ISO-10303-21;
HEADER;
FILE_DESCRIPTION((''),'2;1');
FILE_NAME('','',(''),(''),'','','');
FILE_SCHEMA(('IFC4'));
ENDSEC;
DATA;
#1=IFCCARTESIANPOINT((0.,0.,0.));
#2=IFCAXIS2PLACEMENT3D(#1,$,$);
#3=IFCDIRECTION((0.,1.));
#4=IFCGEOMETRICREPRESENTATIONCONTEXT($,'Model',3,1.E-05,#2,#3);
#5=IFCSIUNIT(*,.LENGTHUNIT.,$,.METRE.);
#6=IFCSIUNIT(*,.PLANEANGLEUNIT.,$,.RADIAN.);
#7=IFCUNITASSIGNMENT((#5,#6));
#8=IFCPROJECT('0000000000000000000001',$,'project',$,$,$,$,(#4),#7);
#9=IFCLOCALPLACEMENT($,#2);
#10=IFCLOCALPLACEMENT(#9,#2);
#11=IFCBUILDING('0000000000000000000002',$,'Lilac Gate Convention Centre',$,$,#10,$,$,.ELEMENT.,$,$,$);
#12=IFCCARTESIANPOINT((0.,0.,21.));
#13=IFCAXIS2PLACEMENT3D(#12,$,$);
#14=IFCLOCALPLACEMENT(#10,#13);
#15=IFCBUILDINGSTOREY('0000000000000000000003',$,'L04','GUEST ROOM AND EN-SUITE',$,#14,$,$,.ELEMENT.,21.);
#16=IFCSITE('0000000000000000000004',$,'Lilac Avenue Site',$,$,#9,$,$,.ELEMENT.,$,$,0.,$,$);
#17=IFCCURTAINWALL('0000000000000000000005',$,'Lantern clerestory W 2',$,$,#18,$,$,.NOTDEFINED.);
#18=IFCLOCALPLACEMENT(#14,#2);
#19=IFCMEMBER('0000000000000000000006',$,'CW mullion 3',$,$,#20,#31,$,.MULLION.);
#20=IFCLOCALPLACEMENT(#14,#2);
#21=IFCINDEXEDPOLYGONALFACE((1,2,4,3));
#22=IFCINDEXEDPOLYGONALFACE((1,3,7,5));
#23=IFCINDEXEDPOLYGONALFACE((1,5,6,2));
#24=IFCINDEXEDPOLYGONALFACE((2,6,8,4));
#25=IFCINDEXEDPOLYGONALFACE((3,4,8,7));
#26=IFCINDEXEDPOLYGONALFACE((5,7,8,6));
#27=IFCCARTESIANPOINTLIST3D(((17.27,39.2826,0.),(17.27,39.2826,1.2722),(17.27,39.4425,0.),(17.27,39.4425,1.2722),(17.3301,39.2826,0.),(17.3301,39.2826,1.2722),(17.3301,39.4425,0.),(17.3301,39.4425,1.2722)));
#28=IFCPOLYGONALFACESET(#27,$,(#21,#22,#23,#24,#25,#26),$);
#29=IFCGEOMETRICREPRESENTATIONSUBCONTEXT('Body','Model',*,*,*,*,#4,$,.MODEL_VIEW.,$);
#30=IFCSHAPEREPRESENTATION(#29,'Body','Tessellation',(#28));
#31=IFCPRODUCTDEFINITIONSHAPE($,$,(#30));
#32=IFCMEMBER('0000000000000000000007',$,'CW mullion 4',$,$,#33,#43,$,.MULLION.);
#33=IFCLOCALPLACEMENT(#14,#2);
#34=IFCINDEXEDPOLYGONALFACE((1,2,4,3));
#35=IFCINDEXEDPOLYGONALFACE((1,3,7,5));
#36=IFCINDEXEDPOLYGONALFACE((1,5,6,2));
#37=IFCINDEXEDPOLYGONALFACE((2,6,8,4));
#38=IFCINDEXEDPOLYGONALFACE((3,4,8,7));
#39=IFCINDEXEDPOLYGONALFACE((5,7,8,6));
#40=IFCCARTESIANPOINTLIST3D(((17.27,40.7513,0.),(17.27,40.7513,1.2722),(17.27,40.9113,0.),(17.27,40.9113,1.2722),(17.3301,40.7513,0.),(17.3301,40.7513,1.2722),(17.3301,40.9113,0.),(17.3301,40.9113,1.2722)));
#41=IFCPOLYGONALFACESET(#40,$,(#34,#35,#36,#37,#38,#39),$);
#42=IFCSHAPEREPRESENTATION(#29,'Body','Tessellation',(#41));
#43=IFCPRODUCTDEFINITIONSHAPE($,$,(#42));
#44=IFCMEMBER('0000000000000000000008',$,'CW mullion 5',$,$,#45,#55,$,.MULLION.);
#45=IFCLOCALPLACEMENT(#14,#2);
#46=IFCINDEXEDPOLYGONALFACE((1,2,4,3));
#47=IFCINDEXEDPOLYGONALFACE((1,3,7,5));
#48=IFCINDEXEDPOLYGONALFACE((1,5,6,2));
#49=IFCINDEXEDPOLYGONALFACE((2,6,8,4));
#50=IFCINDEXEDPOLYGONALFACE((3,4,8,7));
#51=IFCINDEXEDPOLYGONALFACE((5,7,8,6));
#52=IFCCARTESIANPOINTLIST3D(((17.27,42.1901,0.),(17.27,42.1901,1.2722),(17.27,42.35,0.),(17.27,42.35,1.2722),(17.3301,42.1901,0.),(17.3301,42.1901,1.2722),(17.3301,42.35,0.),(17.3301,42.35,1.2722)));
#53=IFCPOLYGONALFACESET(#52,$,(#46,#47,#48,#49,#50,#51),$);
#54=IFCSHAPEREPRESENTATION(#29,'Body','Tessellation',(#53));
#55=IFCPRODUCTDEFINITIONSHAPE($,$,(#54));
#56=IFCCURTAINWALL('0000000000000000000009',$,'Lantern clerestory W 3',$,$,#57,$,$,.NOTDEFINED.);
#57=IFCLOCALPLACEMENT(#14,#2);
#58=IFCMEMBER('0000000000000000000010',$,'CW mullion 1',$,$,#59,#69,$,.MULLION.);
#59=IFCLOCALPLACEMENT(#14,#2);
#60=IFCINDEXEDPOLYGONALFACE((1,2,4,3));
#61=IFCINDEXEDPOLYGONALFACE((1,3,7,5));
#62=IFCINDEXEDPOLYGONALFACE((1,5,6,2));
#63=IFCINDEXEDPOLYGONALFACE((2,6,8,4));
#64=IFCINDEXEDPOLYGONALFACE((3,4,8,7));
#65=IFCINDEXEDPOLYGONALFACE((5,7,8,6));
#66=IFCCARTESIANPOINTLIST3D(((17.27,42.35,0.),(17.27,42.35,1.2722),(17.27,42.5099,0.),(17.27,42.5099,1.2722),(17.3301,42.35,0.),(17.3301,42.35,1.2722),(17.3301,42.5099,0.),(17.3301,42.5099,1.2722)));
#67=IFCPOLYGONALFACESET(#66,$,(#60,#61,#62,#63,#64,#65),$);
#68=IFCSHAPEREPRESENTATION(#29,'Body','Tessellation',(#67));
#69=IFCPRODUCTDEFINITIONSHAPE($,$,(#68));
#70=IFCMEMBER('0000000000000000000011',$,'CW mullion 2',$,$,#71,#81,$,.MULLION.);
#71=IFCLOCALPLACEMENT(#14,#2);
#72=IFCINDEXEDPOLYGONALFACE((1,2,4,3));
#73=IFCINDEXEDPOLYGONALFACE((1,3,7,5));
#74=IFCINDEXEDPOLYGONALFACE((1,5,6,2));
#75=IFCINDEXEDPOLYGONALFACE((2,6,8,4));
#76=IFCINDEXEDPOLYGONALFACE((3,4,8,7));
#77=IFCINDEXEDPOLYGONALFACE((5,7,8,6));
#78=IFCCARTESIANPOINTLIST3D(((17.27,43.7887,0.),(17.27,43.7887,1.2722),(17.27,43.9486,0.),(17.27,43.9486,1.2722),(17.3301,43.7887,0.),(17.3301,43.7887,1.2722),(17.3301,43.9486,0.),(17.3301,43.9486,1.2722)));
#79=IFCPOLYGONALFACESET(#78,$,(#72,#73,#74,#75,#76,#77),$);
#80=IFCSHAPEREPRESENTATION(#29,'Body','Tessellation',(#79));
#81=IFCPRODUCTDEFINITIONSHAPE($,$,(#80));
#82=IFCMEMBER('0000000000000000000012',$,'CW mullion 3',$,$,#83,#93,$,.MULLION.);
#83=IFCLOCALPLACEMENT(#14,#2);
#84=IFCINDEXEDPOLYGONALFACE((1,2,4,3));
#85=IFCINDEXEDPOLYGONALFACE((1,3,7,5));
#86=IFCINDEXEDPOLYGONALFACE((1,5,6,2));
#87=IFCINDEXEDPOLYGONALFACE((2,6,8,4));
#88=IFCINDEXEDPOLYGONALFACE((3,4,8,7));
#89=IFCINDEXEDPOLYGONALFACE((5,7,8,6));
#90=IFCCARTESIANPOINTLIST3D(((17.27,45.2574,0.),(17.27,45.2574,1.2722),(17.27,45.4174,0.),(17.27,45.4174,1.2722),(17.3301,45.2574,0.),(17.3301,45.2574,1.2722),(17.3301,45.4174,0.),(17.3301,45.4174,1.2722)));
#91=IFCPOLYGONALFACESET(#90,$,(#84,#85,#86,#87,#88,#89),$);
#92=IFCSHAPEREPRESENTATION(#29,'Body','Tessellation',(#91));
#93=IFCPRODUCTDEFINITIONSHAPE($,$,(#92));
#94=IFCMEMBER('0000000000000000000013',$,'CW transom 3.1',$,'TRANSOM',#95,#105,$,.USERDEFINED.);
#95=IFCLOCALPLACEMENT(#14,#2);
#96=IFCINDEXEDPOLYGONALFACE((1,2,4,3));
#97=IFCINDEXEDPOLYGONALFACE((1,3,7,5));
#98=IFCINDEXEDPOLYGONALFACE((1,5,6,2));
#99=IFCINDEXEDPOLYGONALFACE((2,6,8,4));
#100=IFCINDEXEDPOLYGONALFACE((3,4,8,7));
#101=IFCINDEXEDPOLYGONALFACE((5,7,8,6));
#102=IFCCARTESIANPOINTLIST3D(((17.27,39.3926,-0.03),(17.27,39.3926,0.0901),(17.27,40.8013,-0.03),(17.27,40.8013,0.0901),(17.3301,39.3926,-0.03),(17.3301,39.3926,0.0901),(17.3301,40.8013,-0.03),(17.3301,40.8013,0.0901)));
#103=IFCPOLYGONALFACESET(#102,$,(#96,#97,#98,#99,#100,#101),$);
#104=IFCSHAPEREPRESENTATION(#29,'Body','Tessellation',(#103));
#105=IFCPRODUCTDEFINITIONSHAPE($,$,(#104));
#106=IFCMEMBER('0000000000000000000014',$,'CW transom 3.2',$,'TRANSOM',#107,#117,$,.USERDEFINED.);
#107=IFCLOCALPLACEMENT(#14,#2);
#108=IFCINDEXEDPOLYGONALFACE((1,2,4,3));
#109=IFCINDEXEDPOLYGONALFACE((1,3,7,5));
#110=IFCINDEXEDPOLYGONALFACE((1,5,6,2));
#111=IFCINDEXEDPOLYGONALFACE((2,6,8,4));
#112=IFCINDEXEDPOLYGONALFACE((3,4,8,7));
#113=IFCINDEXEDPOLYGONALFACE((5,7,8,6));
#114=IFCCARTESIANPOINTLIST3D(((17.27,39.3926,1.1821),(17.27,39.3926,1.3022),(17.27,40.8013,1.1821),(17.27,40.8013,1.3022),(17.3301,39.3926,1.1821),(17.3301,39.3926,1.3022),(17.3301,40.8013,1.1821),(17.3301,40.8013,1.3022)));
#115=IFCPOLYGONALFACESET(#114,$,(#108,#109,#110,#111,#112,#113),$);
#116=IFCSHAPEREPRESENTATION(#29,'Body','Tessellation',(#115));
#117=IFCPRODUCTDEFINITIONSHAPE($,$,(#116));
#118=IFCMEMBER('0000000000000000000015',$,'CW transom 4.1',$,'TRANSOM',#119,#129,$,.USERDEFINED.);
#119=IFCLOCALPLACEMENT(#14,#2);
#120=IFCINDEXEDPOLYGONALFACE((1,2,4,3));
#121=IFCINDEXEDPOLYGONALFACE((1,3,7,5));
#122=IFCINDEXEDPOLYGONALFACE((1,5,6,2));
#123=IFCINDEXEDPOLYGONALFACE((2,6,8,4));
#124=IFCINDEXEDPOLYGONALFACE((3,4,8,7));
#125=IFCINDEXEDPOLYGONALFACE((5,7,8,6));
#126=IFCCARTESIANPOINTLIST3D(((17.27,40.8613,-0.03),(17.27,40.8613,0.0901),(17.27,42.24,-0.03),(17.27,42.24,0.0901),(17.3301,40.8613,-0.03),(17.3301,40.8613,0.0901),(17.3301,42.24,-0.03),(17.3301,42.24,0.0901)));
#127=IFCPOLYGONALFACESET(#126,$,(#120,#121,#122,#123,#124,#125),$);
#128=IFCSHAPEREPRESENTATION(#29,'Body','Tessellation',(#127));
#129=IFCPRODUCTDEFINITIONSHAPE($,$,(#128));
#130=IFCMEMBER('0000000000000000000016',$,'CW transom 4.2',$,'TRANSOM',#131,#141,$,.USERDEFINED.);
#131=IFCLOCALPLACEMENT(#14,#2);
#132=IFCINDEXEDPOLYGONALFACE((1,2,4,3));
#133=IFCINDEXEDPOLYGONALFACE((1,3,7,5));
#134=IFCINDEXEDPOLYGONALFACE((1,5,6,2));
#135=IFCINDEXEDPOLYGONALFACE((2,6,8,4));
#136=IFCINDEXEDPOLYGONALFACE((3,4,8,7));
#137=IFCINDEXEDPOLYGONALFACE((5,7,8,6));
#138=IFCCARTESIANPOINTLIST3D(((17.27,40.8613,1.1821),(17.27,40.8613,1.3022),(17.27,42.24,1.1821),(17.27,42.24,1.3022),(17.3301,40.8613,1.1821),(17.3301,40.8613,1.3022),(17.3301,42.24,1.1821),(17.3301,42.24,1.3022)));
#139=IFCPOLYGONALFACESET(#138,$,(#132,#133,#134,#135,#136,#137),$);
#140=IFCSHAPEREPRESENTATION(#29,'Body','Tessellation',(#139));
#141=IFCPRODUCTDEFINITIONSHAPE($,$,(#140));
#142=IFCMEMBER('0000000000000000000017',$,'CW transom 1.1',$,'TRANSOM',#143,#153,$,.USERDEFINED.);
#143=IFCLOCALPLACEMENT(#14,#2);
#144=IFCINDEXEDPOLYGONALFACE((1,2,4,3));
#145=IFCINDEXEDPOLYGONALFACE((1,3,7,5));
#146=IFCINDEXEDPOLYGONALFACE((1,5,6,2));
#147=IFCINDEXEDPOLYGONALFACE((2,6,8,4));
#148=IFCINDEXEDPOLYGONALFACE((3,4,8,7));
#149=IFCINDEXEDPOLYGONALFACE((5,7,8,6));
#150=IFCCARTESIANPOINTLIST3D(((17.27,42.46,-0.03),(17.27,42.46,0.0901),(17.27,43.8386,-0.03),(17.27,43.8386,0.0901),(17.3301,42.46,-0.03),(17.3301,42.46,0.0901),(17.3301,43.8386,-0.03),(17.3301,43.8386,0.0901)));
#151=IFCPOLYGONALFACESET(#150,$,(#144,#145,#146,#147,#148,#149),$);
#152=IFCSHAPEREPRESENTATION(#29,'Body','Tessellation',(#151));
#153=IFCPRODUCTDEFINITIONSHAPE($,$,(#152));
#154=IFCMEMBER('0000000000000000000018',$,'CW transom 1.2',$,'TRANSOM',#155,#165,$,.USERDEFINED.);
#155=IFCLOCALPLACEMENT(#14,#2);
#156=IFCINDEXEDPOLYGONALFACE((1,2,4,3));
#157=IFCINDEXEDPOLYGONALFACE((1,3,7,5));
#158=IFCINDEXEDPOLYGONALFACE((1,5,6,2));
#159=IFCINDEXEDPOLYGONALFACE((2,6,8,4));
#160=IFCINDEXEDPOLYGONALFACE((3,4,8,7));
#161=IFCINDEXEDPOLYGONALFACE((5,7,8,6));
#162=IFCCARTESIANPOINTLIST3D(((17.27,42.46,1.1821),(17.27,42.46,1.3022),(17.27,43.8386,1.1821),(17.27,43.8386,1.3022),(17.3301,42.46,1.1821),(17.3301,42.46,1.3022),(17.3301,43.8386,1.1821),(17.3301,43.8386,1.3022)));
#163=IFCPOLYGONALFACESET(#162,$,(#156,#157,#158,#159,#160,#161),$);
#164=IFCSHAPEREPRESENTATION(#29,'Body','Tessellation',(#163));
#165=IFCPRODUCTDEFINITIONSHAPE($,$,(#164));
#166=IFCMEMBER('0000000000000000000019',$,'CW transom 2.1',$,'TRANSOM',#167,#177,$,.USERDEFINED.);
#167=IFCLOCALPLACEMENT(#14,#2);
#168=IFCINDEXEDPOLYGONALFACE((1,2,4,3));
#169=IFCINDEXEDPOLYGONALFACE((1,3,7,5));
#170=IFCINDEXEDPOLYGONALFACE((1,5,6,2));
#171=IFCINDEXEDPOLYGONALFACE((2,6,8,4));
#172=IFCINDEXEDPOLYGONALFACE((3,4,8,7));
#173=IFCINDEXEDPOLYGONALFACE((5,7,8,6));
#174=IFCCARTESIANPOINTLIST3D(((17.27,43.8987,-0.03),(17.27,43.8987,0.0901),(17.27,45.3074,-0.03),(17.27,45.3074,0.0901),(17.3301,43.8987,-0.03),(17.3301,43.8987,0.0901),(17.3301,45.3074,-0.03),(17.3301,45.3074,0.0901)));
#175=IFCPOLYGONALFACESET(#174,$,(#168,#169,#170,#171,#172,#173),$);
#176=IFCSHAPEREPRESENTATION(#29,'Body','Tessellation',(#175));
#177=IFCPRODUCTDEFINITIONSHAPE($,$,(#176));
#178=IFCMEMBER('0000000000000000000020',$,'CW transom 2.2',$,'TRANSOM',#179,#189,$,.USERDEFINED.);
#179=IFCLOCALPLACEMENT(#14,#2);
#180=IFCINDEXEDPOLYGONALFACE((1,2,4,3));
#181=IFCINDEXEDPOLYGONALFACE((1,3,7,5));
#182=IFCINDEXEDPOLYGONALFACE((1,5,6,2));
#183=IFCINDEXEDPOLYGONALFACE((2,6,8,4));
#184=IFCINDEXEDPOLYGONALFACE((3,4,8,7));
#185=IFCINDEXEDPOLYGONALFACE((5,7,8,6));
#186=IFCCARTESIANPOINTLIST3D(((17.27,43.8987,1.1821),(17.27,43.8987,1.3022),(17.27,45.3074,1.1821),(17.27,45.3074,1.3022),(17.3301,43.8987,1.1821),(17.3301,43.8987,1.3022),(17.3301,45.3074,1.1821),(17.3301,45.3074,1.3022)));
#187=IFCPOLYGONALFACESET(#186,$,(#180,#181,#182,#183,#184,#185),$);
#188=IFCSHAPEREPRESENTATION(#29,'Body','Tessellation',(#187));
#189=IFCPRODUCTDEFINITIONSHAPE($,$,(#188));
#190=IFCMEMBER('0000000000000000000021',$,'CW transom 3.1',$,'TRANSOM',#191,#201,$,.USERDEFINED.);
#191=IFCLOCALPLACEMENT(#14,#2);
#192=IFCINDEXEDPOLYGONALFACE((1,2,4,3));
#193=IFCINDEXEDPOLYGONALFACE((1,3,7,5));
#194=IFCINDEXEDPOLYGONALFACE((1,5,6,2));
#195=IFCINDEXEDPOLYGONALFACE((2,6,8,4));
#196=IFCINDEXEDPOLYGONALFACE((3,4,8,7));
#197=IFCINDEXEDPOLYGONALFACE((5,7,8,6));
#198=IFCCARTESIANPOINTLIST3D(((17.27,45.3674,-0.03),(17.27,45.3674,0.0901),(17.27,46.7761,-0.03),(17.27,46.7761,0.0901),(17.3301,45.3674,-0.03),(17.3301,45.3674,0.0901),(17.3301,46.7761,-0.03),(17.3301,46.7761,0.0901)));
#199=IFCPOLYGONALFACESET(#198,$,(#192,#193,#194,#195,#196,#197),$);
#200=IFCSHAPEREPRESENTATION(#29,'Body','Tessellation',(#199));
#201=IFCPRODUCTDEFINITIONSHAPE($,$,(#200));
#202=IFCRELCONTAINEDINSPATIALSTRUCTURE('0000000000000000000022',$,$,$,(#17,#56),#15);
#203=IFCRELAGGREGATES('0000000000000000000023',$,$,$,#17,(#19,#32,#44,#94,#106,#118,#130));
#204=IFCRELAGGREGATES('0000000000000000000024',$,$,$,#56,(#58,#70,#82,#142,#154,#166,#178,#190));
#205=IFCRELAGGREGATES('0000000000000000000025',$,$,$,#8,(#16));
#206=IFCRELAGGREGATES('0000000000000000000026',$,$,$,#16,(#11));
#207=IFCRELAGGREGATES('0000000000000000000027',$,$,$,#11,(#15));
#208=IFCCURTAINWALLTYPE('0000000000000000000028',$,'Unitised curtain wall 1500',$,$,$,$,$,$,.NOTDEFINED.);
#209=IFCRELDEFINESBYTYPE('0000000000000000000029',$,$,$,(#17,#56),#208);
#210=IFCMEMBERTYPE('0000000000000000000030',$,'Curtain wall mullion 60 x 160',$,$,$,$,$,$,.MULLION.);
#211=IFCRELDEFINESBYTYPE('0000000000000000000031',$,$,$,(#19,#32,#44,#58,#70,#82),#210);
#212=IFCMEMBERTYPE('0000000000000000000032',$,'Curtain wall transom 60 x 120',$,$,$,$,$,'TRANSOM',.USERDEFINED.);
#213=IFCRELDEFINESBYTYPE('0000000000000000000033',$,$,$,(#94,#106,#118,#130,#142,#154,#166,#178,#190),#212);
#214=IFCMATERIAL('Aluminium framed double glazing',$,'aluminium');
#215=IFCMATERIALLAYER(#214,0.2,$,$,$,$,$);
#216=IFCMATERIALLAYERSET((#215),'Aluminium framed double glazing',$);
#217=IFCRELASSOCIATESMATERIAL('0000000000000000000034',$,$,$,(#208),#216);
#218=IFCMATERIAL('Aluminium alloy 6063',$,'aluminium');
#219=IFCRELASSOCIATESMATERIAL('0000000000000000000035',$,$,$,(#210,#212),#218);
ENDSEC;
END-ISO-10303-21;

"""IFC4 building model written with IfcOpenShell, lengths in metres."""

from ifc_helpers import new_model, si_unit, direction, frame, origin, origin_2d, place, context, subcontext, project, spatial, rectangle, extrude, material, layer, layer_set, material_profile, profile_set, type_object, element, aggregate, save


model = new_model("IFC4")

# Units and contexts
model_context = context("Model", 3, precision=1e-05, world=origin(), true_north=direction((0.0, 1.0)))
body_context = subcontext(model_context, "Body", "Model", "MODEL_VIEW")
ifc_project = project(units=[si_unit("LENGTHUNIT", "METRE"), si_unit("PLANEANGLEUNIT", "RADIAN")], contexts=[model_context])

# Site, building, storey
site_placement = place(None, origin())
site = spatial("IfcSite", under=ifc_project, at=site_placement, Name="Lilac Avenue Site", CompositionType="ELEMENT", RefElevation=0.0)
building_placement = place(site_placement, origin())
building = spatial("IfcBuilding", under=site, at=building_placement, Name="Lilac Gate Convention Centre", CompositionType="ELEMENT")
storey_placement = place(building_placement, frame((0.0, 0.0, 21.0)))
storey = spatial("IfcBuildingStorey", under=building, at=storey_placement, Name="L04", Description="GUEST ROOM AND EN-SUITE", CompositionType="ELEMENT", Elevation=21.0)

# Curtain walls, members
ifc_material_1 = material(Name="Aluminium framed double glazing", Category="aluminium")
ifc_layer_1 = layer(ifc_material_1, 0.2)
ifc_layer_set_1 = layer_set([ifc_layer_1], Name="Aluminium framed double glazing")
curtain_wall_type = type_object("IfcCurtainWallType", Name="Unitised curtain wall 1500", PredefinedType="NOTDEFINED", material=ifc_layer_set_1)
curtain_wall_1_placement = place(storey_placement, origin())
curtain_wall_1 = element("IfcCurtainWall", 1, at=curtain_wall_1_placement, inside=storey, type_object=curtain_wall_type, Name="Lantern clerestory W 2", PredefinedType="NOTDEFINED")
ifc_material_2 = material(Name="Aluminium alloy 6063", Category="aluminium")
ifc_material_profile_1 = material_profile(ifc_material_2, rectangle(XDim=0.0601, YDim=0.1599, at=origin_2d()), Name="Curtain wall mullion 60 x 160")
ifc_profile_set_1 = profile_set([ifc_material_profile_1], Name="Aluminium alloy 6063")
member_type_1 = type_object("IfcMemberType", Name="Curtain wall mullion 60 x 160", PredefinedType="MULLION", material=ifc_profile_set_1)
member_1_placement = place(storey_placement, frame((17.3, 39.3625, 0.0), z_axis=(0.0, 0.0, 1.0), x_axis=(-1.0, 0.0, 0.0)))
member_1 = element("IfcMember", 2, at=member_1_placement, type_object=member_type_1, Name="CW mullion 3", PredefinedType="MULLION", context=body_context, shape_type="SweptSolid", body=[
    extrude(rectangle(XDim=0.0601, YDim=0.1599, at=origin_2d()), origin(), (0.0, 0.0, 1.0), 1.2722),
])
member_2_placement = place(storey_placement, frame((17.3, 40.8313, 0.0), z_axis=(0.0, 0.0, 1.0), x_axis=(-1.0, 0.0, 0.0)))
member_2 = element("IfcMember", 3, at=member_2_placement, type_object=member_type_1, Name="CW mullion 4", PredefinedType="MULLION", context=body_context, shape_type="SweptSolid", body=[
    extrude(rectangle(XDim=0.0601, YDim=0.1599, at=origin_2d()), origin(), (0.0, 0.0, 1.0), 1.2722),
])
member_3_placement = place(storey_placement, frame((17.3, 42.27, 0.0), z_axis=(0.0, 0.0, 1.0), x_axis=(-1.0, 0.0, 0.0)))
member_3 = element("IfcMember", 4, at=member_3_placement, type_object=member_type_1, Name="CW mullion 5", PredefinedType="MULLION", context=body_context, shape_type="SweptSolid", body=[
    extrude(rectangle(XDim=0.0601, YDim=0.1599, at=origin_2d()), origin(), (0.0, 0.0, 1.0), 1.2722),
])
curtain_wall_2_placement = place(storey_placement, origin())
curtain_wall_2 = element("IfcCurtainWall", 5, at=curtain_wall_2_placement, inside=storey, type_object=curtain_wall_type, Name="Lantern clerestory W 3", PredefinedType="NOTDEFINED")
member_4_placement = place(storey_placement, frame((17.3, 42.4299, 0.0), z_axis=(0.0, 0.0, 1.0), x_axis=(-1.0, 0.0, 0.0)))
member_4 = element("IfcMember", 6, at=member_4_placement, type_object=member_type_1, Name="CW mullion 1", PredefinedType="MULLION", context=body_context, shape_type="SweptSolid", body=[
    extrude(rectangle(XDim=0.0601, YDim=0.1599, at=origin_2d()), origin(), (0.0, 0.0, 1.0), 1.2722),
])
member_5_placement = place(storey_placement, frame((17.3, 43.8687, 0.0), z_axis=(0.0, 0.0, 1.0), x_axis=(-1.0, 0.0, 0.0)))
member_5 = element("IfcMember", 7, at=member_5_placement, type_object=member_type_1, Name="CW mullion 2", PredefinedType="MULLION", context=body_context, shape_type="SweptSolid", body=[
    extrude(rectangle(XDim=0.0601, YDim=0.1599, at=origin_2d()), origin(), (0.0, 0.0, 1.0), 1.2722),
])
member_6_placement = place(storey_placement, frame((17.3, 45.3374, 0.0), z_axis=(0.0, 0.0, 1.0), x_axis=(-1.0, 0.0, 0.0)))
member_6 = element("IfcMember", 8, at=member_6_placement, type_object=member_type_1, Name="CW mullion 3", PredefinedType="MULLION", context=body_context, shape_type="SweptSolid", body=[
    extrude(rectangle(XDim=0.0601, YDim=0.1599, at=origin_2d()), origin(), (0.0, 0.0, 1.0), 1.2722),
])

# Members
ifc_material_profile_2 = material_profile(ifc_material_2, rectangle(XDim=0.0601, YDim=0.1201, at=origin_2d()), Name="Curtain wall transom 60 x 120")
ifc_profile_set_2 = profile_set([ifc_material_profile_2], Name="Aluminium alloy 6063")
member_type_2 = type_object("IfcMemberType", Name="Curtain wall transom 60 x 120", ElementType="TRANSOM", PredefinedType="USERDEFINED", material=ifc_profile_set_2)
member_7_placement = place(storey_placement, frame((17.3, 39.3926, 0.03), z_axis=(0.0, 1.0, 0.0), x_axis=(-1.0, 0.0, 0.0)))
member_7 = element("IfcMember", 9, at=member_7_placement, type_object=member_type_2, Name="CW transom 3.1", ObjectType="TRANSOM", PredefinedType="USERDEFINED", context=body_context, shape_type="SweptSolid", body=[
    extrude(rectangle(XDim=0.0601, YDim=0.1201, at=origin_2d()), origin(), (0.0, 0.0, 1.0), 1.4087),
])
member_8_placement = place(storey_placement, frame((17.3, 39.3926, 1.2422), z_axis=(0.0, 1.0, 0.0), x_axis=(-1.0, 0.0, 0.0)))
member_8 = element("IfcMember", 10, at=member_8_placement, type_object=member_type_2, Name="CW transom 3.2", ObjectType="TRANSOM", PredefinedType="USERDEFINED", context=body_context, shape_type="SweptSolid", body=[
    extrude(rectangle(XDim=0.0601, YDim=0.1201, at=origin_2d()), origin(), (0.0, 0.0, 1.0), 1.4087),
])
member_9_placement = place(storey_placement, frame((17.3, 40.8613, 0.03), z_axis=(0.0, 1.0, 0.0), x_axis=(-1.0, 0.0, 0.0)))
member_9 = element("IfcMember", 11, at=member_9_placement, type_object=member_type_2, Name="CW transom 4.1", ObjectType="TRANSOM", PredefinedType="USERDEFINED", context=body_context, shape_type="SweptSolid", body=[
    extrude(rectangle(XDim=0.0601, YDim=0.1201, at=origin_2d()), origin(), (0.0, 0.0, 1.0), 1.3787),
])
member_10_placement = place(storey_placement, frame((17.3, 40.8613, 1.2422), z_axis=(0.0, 1.0, 0.0), x_axis=(-1.0, 0.0, 0.0)))
member_10 = element("IfcMember", 12, at=member_10_placement, type_object=member_type_2, Name="CW transom 4.2", ObjectType="TRANSOM", PredefinedType="USERDEFINED", context=body_context, shape_type="SweptSolid", body=[
    extrude(rectangle(XDim=0.0601, YDim=0.1201, at=origin_2d()), origin(), (0.0, 0.0, 1.0), 1.3787),
])
member_11_placement = place(storey_placement, frame((17.3, 42.46, 0.03), z_axis=(0.0, 1.0, 0.0), x_axis=(-1.0, 0.0, 0.0)))
member_11 = element("IfcMember", 13, at=member_11_placement, type_object=member_type_2, Name="CW transom 1.1", ObjectType="TRANSOM", PredefinedType="USERDEFINED", context=body_context, shape_type="SweptSolid", body=[
    extrude(rectangle(XDim=0.0601, YDim=0.1201, at=origin_2d()), origin(), (0.0, 0.0, 1.0), 1.3787),
])
member_12_placement = place(storey_placement, frame((17.3, 42.46, 1.2422), z_axis=(0.0, 1.0, 0.0), x_axis=(-1.0, 0.0, 0.0)))
member_12 = element("IfcMember", 14, at=member_12_placement, type_object=member_type_2, Name="CW transom 1.2", ObjectType="TRANSOM", PredefinedType="USERDEFINED", context=body_context, shape_type="SweptSolid", body=[
    extrude(rectangle(XDim=0.0601, YDim=0.1201, at=origin_2d()), origin(), (0.0, 0.0, 1.0), 1.3787),
])
member_13_placement = place(storey_placement, frame((17.3, 43.8987, 0.03), z_axis=(0.0, 1.0, 0.0), x_axis=(-1.0, 0.0, 0.0)))
member_13 = element("IfcMember", 15, at=member_13_placement, type_object=member_type_2, Name="CW transom 2.1", ObjectType="TRANSOM", PredefinedType="USERDEFINED", context=body_context, shape_type="SweptSolid", body=[
    extrude(rectangle(XDim=0.0601, YDim=0.1201, at=origin_2d()), origin(), (0.0, 0.0, 1.0), 1.4087),
])
member_14_placement = place(storey_placement, frame((17.3, 43.8987, 1.2422), z_axis=(0.0, 1.0, 0.0), x_axis=(-1.0, 0.0, 0.0)))
member_14 = element("IfcMember", 16, at=member_14_placement, type_object=member_type_2, Name="CW transom 2.2", ObjectType="TRANSOM", PredefinedType="USERDEFINED", context=body_context, shape_type="SweptSolid", body=[
    extrude(rectangle(XDim=0.0601, YDim=0.1201, at=origin_2d()), origin(), (0.0, 0.0, 1.0), 1.4087),
])
member_15_placement = place(storey_placement, frame((17.3, 45.3674, 0.03), z_axis=(0.0, 1.0, 0.0), x_axis=(-1.0, 0.0, 0.0)))
member_15 = element("IfcMember", 17, at=member_15_placement, type_object=member_type_2, Name="CW transom 3.1", ObjectType="TRANSOM", PredefinedType="USERDEFINED", context=body_context, shape_type="SweptSolid", body=[
    extrude(rectangle(XDim=0.0601, YDim=0.1201, at=origin_2d()), origin(), (0.0, 0.0, 1.0), 1.4087),
])

aggregate(curtain_wall_1, [member_1, member_2, member_3, member_7, member_8, member_9, member_10])
aggregate(curtain_wall_2, [member_4, member_5, member_6, member_11, member_12, member_13, member_14, member_15])

save(model, "model.ifc")
